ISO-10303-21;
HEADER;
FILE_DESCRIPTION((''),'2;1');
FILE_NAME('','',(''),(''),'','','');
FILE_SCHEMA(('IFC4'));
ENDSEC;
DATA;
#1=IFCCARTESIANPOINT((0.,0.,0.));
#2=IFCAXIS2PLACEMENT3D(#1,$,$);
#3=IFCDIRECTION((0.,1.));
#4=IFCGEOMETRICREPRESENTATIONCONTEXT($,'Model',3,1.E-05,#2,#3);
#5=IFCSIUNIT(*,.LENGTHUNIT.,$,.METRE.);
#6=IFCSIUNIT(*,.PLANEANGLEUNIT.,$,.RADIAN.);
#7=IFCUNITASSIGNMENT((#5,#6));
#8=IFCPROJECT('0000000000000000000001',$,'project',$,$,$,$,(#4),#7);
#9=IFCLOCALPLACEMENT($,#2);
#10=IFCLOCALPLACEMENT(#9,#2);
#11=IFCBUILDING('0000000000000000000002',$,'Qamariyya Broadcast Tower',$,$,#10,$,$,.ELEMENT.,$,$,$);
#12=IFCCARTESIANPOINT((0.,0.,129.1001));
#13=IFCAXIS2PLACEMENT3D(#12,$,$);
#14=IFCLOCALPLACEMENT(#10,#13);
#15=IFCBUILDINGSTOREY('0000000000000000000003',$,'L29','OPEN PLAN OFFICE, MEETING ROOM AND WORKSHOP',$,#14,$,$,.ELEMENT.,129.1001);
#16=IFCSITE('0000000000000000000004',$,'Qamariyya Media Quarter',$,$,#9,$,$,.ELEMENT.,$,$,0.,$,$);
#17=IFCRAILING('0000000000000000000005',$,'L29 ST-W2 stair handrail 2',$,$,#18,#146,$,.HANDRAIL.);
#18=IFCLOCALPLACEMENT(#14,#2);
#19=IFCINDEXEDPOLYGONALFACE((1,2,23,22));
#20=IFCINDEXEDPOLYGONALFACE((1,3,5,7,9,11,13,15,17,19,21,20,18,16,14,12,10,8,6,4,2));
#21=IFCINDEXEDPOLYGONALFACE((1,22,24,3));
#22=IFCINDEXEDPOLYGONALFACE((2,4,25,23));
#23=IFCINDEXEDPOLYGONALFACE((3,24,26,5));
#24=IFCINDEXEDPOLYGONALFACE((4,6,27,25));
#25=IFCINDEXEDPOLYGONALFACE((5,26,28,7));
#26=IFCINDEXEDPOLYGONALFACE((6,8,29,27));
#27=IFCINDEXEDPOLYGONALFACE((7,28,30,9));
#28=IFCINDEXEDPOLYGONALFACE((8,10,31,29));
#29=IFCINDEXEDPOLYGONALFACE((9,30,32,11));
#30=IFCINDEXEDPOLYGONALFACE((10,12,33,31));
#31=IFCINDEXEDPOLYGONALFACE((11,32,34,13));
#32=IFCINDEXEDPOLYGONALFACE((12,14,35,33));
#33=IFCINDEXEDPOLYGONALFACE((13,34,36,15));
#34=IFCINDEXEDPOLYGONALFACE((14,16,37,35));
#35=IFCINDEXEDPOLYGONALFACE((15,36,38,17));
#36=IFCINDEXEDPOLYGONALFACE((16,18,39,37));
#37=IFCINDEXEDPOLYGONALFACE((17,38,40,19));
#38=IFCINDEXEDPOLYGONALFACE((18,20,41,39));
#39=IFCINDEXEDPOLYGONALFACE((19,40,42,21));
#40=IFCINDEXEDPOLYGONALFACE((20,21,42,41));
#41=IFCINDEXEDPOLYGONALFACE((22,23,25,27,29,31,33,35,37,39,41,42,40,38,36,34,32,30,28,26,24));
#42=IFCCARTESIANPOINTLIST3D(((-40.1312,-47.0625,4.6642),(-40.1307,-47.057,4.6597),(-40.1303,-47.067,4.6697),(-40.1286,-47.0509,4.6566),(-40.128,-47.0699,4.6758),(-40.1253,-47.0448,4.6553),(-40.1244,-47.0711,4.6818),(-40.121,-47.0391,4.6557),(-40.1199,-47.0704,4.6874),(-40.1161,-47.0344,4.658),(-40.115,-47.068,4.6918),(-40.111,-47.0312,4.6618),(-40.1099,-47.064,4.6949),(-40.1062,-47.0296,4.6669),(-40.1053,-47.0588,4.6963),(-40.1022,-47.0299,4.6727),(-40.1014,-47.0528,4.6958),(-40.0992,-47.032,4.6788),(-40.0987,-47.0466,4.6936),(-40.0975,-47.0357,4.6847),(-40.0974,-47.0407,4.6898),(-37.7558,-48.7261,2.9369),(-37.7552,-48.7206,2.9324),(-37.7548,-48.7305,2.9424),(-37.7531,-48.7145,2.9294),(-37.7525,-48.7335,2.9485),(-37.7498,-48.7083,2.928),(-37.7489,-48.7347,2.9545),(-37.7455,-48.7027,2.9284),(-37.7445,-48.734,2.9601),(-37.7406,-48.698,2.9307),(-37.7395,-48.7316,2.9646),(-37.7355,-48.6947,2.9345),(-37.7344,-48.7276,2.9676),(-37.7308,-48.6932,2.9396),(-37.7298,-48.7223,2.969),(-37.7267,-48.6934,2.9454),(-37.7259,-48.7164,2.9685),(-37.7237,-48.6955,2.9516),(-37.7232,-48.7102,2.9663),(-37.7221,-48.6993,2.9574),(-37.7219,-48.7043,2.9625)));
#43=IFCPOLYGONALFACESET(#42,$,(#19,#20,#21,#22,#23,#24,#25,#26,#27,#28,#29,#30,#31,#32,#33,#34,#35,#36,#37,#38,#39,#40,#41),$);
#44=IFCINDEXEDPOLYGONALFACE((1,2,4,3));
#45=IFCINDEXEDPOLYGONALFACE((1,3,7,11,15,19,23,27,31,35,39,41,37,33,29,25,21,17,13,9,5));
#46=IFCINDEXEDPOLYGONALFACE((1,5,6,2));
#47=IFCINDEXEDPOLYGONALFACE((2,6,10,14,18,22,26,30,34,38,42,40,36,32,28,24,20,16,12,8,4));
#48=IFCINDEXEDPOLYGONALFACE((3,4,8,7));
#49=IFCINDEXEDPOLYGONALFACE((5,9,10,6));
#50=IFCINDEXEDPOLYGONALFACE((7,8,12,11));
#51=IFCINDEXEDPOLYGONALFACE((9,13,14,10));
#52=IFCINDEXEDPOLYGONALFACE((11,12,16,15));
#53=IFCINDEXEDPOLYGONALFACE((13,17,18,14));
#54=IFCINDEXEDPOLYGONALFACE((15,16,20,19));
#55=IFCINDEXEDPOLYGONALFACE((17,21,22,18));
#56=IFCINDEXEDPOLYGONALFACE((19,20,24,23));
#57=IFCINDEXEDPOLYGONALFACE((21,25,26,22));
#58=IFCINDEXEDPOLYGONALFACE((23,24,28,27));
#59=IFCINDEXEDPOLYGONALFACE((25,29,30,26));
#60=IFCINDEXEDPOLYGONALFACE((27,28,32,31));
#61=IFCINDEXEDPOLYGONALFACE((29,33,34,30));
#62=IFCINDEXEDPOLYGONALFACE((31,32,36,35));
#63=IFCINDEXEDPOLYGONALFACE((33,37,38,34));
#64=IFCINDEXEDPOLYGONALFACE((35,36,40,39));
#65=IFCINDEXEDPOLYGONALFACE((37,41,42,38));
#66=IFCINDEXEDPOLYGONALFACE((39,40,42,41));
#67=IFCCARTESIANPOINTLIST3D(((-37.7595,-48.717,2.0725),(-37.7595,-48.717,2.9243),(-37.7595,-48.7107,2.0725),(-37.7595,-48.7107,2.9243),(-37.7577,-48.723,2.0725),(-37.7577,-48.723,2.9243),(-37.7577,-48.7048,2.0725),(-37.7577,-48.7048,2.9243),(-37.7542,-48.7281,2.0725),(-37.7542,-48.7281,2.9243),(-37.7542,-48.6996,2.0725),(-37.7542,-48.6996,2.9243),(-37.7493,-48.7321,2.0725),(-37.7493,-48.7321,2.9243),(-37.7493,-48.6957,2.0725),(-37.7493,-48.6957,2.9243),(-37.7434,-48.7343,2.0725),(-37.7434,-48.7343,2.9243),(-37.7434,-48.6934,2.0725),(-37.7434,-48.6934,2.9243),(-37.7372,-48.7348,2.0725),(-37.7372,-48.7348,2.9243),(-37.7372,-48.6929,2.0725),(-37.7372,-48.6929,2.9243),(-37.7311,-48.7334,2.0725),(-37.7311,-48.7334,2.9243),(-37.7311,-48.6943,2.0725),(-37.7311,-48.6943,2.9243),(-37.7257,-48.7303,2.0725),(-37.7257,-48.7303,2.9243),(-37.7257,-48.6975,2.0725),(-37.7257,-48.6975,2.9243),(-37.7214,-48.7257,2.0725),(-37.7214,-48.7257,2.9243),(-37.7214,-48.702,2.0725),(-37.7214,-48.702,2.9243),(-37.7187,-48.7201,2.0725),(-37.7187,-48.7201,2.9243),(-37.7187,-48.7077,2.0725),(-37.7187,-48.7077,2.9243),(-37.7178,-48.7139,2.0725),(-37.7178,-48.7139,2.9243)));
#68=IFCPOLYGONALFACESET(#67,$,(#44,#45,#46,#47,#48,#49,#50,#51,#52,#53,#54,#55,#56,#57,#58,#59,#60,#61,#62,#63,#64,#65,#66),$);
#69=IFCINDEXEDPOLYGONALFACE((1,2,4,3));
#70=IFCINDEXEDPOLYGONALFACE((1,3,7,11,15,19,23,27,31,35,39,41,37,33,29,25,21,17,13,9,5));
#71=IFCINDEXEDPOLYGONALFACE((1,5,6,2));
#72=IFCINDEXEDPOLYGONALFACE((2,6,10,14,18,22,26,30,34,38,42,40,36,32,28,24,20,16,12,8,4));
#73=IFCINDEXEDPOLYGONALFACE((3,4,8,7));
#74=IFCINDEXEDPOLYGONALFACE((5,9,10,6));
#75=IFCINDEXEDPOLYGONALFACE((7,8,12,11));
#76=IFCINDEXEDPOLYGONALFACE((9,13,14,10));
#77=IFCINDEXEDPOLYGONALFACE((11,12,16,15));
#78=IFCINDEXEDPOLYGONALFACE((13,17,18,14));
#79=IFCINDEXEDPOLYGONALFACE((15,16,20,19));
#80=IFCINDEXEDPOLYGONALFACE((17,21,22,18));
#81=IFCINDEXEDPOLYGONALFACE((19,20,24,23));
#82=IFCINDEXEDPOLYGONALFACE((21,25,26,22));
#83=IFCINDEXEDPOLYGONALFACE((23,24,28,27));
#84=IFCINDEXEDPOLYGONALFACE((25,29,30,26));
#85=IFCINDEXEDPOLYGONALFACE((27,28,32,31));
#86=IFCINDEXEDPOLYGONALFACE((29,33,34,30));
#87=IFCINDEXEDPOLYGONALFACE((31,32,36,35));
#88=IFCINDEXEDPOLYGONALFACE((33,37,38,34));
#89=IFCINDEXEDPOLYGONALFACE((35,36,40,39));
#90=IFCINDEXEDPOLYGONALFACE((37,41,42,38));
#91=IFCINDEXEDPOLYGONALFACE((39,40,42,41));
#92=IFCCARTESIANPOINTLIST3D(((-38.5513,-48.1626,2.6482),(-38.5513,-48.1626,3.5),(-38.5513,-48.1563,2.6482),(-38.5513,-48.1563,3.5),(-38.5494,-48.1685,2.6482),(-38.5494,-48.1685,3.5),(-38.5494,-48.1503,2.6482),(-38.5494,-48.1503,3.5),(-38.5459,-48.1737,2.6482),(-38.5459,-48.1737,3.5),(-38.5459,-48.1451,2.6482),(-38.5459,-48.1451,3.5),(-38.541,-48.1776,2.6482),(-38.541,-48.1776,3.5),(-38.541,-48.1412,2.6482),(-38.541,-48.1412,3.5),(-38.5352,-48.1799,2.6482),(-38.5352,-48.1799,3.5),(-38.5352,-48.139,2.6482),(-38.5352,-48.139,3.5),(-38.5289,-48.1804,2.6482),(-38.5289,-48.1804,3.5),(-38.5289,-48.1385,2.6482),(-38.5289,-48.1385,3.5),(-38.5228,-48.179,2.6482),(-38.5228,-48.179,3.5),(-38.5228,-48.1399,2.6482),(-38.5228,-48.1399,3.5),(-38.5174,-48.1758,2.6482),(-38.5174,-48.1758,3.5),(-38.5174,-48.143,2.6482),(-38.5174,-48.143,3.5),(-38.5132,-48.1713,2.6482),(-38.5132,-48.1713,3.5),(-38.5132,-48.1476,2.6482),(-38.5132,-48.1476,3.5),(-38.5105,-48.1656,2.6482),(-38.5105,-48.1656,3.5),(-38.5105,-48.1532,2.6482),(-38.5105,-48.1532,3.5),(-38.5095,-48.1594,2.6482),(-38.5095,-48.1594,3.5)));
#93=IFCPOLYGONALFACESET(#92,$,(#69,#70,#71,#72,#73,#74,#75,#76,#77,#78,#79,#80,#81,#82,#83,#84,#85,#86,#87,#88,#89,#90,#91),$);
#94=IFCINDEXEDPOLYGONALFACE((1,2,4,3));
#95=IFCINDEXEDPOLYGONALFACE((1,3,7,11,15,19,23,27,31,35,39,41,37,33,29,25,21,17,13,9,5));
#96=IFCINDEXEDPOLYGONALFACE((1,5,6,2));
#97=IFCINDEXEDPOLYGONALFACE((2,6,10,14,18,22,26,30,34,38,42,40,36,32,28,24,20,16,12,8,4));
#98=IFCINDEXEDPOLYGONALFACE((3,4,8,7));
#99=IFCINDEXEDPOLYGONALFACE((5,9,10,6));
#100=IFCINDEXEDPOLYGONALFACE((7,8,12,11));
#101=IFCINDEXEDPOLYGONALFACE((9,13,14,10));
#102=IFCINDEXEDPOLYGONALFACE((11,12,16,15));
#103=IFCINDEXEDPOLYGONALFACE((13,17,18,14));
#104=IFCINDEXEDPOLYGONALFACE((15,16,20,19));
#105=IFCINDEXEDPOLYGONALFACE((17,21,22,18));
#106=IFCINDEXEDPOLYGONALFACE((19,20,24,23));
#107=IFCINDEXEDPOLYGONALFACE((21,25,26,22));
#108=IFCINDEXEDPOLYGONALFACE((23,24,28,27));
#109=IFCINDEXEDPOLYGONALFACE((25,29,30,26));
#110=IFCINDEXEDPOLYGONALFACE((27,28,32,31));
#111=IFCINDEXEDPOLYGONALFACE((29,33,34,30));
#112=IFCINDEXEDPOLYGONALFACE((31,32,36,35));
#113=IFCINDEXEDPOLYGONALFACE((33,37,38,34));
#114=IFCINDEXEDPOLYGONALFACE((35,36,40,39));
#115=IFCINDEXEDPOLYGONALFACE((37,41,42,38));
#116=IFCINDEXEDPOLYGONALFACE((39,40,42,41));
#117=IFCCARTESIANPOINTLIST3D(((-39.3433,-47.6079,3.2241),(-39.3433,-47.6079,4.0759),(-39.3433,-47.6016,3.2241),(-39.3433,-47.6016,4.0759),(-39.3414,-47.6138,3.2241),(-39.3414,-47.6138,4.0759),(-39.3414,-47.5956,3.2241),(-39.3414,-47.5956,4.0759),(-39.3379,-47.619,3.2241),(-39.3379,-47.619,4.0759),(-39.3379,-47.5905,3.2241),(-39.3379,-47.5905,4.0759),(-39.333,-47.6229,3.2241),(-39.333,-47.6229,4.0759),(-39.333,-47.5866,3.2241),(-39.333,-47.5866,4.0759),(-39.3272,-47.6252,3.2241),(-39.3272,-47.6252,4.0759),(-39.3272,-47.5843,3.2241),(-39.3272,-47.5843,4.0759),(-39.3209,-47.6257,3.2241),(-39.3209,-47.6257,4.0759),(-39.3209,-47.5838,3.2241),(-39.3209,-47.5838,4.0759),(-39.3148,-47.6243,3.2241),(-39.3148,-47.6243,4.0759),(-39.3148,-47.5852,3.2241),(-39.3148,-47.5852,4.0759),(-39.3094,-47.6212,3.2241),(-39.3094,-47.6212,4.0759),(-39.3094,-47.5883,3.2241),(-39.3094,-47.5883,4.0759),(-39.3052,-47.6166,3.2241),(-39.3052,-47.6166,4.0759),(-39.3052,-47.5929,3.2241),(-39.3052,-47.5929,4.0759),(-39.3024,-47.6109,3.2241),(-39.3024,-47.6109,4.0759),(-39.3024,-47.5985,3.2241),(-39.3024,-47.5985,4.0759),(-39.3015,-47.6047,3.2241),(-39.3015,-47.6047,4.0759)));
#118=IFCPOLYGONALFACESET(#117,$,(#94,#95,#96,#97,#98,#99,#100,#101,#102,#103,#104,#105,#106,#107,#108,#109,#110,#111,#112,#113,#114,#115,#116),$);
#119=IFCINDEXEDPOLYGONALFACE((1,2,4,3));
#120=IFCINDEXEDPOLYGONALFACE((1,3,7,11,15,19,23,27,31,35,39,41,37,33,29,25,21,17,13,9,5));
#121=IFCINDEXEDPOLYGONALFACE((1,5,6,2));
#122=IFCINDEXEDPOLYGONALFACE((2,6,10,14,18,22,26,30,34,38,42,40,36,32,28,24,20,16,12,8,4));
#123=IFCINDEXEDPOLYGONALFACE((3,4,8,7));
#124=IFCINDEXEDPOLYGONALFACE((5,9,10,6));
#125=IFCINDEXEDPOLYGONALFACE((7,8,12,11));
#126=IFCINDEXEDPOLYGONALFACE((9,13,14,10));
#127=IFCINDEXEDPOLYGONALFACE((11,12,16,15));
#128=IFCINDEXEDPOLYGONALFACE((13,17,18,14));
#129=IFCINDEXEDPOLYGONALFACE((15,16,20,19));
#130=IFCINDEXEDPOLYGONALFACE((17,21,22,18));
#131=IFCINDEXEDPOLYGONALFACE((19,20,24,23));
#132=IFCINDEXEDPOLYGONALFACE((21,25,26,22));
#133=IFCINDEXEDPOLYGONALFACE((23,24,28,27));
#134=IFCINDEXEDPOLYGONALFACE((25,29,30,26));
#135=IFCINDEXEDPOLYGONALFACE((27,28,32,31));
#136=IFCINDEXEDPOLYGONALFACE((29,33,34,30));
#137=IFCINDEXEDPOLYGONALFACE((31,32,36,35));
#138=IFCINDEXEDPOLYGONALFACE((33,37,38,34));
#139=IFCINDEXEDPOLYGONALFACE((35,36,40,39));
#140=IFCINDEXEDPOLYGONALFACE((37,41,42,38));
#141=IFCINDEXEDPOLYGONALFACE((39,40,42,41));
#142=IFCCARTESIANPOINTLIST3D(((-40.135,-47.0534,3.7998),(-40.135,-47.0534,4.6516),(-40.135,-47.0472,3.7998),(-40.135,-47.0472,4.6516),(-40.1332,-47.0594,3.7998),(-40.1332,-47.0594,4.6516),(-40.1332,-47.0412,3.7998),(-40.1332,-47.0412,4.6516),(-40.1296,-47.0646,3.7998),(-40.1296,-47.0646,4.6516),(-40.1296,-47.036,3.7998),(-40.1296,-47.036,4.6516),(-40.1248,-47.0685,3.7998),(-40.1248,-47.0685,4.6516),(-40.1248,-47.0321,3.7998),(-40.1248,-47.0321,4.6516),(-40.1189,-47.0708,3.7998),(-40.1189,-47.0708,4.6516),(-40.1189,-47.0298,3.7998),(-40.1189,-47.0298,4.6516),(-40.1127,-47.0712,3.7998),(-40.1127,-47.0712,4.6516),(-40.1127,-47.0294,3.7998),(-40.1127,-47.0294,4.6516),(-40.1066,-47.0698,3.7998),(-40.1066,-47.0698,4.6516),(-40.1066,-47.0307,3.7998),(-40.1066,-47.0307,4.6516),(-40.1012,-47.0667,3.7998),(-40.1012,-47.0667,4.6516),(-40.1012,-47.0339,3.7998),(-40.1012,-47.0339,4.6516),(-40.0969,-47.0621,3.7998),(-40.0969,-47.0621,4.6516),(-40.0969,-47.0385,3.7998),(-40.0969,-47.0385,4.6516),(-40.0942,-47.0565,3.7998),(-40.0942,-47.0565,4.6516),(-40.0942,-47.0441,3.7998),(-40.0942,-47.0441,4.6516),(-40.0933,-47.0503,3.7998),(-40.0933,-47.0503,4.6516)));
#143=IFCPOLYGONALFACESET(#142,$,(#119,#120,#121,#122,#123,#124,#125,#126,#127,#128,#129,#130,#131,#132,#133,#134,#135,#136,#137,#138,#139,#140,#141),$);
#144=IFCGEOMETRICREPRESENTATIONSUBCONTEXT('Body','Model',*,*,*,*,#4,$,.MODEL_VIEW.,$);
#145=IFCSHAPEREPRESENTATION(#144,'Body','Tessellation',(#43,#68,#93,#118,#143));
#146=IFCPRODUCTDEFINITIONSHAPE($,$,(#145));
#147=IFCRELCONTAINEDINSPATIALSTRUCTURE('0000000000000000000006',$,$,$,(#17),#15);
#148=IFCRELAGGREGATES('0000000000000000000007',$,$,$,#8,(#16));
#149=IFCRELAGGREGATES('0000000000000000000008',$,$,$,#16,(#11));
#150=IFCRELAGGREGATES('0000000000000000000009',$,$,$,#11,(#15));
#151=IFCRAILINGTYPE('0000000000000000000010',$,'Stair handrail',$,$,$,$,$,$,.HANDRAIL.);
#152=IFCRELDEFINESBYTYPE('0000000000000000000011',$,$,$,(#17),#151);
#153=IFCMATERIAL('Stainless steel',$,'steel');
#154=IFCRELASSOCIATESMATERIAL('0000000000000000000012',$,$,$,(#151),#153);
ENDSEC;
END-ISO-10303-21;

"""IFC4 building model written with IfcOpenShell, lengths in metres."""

from ifc_helpers import new_model, si_unit, direction, frame, origin, origin_2d, place, context, subcontext, project, spatial, circle, extrude, material, type_object, element, save


model = new_model("IFC4")

# Units and contexts
model_context = context("Model", 3, precision=1e-05, world=origin(), true_north=direction((0.0, 1.0)))
body_context = subcontext(model_context, "Body", "Model", "MODEL_VIEW")
ifc_project = project(units=[si_unit("LENGTHUNIT", "METRE"), si_unit("PLANEANGLEUNIT", "RADIAN")], contexts=[model_context])

# Site, building, storey
site_placement = place(None, origin())
site = spatial("IfcSite", under=ifc_project, at=site_placement, Name="Qamariyya Media Quarter", CompositionType="ELEMENT", RefElevation=0.0)
building_placement = place(site_placement, origin())
building = spatial("IfcBuilding", under=site, at=building_placement, Name="Qamariyya Broadcast Tower", CompositionType="ELEMENT")
storey_placement = place(building_placement, frame((0.0, 0.0, 129.1001)))
storey = spatial("IfcBuildingStorey", under=building, at=storey_placement, Name="L29", Description="OPEN PLAN OFFICE, MEETING ROOM AND WORKSHOP", CompositionType="ELEMENT", Elevation=129.1001)

# Railing
ifc_material_1 = material(Name="Stainless steel", Category="steel")
railing_type_1 = type_object("IfcRailingType", Name="Stair handrail", PredefinedType="HANDRAIL", material=ifc_material_1)
railing_1_placement = place(storey_placement, frame((-37.7388, -48.7139, 2.0725)))
element("IfcRailing", 1, at=railing_1_placement, inside=storey, type_object=railing_type_1, Name="L29 ST-W2 stair handrail 2", PredefinedType="HANDRAIL", context=body_context, shape_type="SweptSolid", body=[
    extrude(circle(Radius=0.0239, at=origin_2d()), frame((0.0, 0.0, 0.876), z_axis=(-0.703745, 0.492838, 0.511716), x_axis=(-0.573632, -0.819113, 0.0)), (0.0, 0.0, 1.0), 3.3755),
    extrude(circle(Radius=0.021, at=origin_2d()), origin(), (0.0, 0.0, 1.0), 0.8518),
    extrude(circle(Radius=0.021, at=origin_2d()), frame((-0.7917, 0.5544, 0.5757)), (0.0, 0.0, 1.0), 0.8518),
    extrude(circle(Radius=0.021, at=origin_2d()), frame((-1.5837, 1.1091, 1.1516)), (0.0, 0.0, 1.0), 0.8518),
    extrude(circle(Radius=0.021, at=origin_2d()), frame((-2.3755, 1.6636, 1.7273)), (0.0, 0.0, 1.0), 0.8518),
])

save(model, "model.ifc")
